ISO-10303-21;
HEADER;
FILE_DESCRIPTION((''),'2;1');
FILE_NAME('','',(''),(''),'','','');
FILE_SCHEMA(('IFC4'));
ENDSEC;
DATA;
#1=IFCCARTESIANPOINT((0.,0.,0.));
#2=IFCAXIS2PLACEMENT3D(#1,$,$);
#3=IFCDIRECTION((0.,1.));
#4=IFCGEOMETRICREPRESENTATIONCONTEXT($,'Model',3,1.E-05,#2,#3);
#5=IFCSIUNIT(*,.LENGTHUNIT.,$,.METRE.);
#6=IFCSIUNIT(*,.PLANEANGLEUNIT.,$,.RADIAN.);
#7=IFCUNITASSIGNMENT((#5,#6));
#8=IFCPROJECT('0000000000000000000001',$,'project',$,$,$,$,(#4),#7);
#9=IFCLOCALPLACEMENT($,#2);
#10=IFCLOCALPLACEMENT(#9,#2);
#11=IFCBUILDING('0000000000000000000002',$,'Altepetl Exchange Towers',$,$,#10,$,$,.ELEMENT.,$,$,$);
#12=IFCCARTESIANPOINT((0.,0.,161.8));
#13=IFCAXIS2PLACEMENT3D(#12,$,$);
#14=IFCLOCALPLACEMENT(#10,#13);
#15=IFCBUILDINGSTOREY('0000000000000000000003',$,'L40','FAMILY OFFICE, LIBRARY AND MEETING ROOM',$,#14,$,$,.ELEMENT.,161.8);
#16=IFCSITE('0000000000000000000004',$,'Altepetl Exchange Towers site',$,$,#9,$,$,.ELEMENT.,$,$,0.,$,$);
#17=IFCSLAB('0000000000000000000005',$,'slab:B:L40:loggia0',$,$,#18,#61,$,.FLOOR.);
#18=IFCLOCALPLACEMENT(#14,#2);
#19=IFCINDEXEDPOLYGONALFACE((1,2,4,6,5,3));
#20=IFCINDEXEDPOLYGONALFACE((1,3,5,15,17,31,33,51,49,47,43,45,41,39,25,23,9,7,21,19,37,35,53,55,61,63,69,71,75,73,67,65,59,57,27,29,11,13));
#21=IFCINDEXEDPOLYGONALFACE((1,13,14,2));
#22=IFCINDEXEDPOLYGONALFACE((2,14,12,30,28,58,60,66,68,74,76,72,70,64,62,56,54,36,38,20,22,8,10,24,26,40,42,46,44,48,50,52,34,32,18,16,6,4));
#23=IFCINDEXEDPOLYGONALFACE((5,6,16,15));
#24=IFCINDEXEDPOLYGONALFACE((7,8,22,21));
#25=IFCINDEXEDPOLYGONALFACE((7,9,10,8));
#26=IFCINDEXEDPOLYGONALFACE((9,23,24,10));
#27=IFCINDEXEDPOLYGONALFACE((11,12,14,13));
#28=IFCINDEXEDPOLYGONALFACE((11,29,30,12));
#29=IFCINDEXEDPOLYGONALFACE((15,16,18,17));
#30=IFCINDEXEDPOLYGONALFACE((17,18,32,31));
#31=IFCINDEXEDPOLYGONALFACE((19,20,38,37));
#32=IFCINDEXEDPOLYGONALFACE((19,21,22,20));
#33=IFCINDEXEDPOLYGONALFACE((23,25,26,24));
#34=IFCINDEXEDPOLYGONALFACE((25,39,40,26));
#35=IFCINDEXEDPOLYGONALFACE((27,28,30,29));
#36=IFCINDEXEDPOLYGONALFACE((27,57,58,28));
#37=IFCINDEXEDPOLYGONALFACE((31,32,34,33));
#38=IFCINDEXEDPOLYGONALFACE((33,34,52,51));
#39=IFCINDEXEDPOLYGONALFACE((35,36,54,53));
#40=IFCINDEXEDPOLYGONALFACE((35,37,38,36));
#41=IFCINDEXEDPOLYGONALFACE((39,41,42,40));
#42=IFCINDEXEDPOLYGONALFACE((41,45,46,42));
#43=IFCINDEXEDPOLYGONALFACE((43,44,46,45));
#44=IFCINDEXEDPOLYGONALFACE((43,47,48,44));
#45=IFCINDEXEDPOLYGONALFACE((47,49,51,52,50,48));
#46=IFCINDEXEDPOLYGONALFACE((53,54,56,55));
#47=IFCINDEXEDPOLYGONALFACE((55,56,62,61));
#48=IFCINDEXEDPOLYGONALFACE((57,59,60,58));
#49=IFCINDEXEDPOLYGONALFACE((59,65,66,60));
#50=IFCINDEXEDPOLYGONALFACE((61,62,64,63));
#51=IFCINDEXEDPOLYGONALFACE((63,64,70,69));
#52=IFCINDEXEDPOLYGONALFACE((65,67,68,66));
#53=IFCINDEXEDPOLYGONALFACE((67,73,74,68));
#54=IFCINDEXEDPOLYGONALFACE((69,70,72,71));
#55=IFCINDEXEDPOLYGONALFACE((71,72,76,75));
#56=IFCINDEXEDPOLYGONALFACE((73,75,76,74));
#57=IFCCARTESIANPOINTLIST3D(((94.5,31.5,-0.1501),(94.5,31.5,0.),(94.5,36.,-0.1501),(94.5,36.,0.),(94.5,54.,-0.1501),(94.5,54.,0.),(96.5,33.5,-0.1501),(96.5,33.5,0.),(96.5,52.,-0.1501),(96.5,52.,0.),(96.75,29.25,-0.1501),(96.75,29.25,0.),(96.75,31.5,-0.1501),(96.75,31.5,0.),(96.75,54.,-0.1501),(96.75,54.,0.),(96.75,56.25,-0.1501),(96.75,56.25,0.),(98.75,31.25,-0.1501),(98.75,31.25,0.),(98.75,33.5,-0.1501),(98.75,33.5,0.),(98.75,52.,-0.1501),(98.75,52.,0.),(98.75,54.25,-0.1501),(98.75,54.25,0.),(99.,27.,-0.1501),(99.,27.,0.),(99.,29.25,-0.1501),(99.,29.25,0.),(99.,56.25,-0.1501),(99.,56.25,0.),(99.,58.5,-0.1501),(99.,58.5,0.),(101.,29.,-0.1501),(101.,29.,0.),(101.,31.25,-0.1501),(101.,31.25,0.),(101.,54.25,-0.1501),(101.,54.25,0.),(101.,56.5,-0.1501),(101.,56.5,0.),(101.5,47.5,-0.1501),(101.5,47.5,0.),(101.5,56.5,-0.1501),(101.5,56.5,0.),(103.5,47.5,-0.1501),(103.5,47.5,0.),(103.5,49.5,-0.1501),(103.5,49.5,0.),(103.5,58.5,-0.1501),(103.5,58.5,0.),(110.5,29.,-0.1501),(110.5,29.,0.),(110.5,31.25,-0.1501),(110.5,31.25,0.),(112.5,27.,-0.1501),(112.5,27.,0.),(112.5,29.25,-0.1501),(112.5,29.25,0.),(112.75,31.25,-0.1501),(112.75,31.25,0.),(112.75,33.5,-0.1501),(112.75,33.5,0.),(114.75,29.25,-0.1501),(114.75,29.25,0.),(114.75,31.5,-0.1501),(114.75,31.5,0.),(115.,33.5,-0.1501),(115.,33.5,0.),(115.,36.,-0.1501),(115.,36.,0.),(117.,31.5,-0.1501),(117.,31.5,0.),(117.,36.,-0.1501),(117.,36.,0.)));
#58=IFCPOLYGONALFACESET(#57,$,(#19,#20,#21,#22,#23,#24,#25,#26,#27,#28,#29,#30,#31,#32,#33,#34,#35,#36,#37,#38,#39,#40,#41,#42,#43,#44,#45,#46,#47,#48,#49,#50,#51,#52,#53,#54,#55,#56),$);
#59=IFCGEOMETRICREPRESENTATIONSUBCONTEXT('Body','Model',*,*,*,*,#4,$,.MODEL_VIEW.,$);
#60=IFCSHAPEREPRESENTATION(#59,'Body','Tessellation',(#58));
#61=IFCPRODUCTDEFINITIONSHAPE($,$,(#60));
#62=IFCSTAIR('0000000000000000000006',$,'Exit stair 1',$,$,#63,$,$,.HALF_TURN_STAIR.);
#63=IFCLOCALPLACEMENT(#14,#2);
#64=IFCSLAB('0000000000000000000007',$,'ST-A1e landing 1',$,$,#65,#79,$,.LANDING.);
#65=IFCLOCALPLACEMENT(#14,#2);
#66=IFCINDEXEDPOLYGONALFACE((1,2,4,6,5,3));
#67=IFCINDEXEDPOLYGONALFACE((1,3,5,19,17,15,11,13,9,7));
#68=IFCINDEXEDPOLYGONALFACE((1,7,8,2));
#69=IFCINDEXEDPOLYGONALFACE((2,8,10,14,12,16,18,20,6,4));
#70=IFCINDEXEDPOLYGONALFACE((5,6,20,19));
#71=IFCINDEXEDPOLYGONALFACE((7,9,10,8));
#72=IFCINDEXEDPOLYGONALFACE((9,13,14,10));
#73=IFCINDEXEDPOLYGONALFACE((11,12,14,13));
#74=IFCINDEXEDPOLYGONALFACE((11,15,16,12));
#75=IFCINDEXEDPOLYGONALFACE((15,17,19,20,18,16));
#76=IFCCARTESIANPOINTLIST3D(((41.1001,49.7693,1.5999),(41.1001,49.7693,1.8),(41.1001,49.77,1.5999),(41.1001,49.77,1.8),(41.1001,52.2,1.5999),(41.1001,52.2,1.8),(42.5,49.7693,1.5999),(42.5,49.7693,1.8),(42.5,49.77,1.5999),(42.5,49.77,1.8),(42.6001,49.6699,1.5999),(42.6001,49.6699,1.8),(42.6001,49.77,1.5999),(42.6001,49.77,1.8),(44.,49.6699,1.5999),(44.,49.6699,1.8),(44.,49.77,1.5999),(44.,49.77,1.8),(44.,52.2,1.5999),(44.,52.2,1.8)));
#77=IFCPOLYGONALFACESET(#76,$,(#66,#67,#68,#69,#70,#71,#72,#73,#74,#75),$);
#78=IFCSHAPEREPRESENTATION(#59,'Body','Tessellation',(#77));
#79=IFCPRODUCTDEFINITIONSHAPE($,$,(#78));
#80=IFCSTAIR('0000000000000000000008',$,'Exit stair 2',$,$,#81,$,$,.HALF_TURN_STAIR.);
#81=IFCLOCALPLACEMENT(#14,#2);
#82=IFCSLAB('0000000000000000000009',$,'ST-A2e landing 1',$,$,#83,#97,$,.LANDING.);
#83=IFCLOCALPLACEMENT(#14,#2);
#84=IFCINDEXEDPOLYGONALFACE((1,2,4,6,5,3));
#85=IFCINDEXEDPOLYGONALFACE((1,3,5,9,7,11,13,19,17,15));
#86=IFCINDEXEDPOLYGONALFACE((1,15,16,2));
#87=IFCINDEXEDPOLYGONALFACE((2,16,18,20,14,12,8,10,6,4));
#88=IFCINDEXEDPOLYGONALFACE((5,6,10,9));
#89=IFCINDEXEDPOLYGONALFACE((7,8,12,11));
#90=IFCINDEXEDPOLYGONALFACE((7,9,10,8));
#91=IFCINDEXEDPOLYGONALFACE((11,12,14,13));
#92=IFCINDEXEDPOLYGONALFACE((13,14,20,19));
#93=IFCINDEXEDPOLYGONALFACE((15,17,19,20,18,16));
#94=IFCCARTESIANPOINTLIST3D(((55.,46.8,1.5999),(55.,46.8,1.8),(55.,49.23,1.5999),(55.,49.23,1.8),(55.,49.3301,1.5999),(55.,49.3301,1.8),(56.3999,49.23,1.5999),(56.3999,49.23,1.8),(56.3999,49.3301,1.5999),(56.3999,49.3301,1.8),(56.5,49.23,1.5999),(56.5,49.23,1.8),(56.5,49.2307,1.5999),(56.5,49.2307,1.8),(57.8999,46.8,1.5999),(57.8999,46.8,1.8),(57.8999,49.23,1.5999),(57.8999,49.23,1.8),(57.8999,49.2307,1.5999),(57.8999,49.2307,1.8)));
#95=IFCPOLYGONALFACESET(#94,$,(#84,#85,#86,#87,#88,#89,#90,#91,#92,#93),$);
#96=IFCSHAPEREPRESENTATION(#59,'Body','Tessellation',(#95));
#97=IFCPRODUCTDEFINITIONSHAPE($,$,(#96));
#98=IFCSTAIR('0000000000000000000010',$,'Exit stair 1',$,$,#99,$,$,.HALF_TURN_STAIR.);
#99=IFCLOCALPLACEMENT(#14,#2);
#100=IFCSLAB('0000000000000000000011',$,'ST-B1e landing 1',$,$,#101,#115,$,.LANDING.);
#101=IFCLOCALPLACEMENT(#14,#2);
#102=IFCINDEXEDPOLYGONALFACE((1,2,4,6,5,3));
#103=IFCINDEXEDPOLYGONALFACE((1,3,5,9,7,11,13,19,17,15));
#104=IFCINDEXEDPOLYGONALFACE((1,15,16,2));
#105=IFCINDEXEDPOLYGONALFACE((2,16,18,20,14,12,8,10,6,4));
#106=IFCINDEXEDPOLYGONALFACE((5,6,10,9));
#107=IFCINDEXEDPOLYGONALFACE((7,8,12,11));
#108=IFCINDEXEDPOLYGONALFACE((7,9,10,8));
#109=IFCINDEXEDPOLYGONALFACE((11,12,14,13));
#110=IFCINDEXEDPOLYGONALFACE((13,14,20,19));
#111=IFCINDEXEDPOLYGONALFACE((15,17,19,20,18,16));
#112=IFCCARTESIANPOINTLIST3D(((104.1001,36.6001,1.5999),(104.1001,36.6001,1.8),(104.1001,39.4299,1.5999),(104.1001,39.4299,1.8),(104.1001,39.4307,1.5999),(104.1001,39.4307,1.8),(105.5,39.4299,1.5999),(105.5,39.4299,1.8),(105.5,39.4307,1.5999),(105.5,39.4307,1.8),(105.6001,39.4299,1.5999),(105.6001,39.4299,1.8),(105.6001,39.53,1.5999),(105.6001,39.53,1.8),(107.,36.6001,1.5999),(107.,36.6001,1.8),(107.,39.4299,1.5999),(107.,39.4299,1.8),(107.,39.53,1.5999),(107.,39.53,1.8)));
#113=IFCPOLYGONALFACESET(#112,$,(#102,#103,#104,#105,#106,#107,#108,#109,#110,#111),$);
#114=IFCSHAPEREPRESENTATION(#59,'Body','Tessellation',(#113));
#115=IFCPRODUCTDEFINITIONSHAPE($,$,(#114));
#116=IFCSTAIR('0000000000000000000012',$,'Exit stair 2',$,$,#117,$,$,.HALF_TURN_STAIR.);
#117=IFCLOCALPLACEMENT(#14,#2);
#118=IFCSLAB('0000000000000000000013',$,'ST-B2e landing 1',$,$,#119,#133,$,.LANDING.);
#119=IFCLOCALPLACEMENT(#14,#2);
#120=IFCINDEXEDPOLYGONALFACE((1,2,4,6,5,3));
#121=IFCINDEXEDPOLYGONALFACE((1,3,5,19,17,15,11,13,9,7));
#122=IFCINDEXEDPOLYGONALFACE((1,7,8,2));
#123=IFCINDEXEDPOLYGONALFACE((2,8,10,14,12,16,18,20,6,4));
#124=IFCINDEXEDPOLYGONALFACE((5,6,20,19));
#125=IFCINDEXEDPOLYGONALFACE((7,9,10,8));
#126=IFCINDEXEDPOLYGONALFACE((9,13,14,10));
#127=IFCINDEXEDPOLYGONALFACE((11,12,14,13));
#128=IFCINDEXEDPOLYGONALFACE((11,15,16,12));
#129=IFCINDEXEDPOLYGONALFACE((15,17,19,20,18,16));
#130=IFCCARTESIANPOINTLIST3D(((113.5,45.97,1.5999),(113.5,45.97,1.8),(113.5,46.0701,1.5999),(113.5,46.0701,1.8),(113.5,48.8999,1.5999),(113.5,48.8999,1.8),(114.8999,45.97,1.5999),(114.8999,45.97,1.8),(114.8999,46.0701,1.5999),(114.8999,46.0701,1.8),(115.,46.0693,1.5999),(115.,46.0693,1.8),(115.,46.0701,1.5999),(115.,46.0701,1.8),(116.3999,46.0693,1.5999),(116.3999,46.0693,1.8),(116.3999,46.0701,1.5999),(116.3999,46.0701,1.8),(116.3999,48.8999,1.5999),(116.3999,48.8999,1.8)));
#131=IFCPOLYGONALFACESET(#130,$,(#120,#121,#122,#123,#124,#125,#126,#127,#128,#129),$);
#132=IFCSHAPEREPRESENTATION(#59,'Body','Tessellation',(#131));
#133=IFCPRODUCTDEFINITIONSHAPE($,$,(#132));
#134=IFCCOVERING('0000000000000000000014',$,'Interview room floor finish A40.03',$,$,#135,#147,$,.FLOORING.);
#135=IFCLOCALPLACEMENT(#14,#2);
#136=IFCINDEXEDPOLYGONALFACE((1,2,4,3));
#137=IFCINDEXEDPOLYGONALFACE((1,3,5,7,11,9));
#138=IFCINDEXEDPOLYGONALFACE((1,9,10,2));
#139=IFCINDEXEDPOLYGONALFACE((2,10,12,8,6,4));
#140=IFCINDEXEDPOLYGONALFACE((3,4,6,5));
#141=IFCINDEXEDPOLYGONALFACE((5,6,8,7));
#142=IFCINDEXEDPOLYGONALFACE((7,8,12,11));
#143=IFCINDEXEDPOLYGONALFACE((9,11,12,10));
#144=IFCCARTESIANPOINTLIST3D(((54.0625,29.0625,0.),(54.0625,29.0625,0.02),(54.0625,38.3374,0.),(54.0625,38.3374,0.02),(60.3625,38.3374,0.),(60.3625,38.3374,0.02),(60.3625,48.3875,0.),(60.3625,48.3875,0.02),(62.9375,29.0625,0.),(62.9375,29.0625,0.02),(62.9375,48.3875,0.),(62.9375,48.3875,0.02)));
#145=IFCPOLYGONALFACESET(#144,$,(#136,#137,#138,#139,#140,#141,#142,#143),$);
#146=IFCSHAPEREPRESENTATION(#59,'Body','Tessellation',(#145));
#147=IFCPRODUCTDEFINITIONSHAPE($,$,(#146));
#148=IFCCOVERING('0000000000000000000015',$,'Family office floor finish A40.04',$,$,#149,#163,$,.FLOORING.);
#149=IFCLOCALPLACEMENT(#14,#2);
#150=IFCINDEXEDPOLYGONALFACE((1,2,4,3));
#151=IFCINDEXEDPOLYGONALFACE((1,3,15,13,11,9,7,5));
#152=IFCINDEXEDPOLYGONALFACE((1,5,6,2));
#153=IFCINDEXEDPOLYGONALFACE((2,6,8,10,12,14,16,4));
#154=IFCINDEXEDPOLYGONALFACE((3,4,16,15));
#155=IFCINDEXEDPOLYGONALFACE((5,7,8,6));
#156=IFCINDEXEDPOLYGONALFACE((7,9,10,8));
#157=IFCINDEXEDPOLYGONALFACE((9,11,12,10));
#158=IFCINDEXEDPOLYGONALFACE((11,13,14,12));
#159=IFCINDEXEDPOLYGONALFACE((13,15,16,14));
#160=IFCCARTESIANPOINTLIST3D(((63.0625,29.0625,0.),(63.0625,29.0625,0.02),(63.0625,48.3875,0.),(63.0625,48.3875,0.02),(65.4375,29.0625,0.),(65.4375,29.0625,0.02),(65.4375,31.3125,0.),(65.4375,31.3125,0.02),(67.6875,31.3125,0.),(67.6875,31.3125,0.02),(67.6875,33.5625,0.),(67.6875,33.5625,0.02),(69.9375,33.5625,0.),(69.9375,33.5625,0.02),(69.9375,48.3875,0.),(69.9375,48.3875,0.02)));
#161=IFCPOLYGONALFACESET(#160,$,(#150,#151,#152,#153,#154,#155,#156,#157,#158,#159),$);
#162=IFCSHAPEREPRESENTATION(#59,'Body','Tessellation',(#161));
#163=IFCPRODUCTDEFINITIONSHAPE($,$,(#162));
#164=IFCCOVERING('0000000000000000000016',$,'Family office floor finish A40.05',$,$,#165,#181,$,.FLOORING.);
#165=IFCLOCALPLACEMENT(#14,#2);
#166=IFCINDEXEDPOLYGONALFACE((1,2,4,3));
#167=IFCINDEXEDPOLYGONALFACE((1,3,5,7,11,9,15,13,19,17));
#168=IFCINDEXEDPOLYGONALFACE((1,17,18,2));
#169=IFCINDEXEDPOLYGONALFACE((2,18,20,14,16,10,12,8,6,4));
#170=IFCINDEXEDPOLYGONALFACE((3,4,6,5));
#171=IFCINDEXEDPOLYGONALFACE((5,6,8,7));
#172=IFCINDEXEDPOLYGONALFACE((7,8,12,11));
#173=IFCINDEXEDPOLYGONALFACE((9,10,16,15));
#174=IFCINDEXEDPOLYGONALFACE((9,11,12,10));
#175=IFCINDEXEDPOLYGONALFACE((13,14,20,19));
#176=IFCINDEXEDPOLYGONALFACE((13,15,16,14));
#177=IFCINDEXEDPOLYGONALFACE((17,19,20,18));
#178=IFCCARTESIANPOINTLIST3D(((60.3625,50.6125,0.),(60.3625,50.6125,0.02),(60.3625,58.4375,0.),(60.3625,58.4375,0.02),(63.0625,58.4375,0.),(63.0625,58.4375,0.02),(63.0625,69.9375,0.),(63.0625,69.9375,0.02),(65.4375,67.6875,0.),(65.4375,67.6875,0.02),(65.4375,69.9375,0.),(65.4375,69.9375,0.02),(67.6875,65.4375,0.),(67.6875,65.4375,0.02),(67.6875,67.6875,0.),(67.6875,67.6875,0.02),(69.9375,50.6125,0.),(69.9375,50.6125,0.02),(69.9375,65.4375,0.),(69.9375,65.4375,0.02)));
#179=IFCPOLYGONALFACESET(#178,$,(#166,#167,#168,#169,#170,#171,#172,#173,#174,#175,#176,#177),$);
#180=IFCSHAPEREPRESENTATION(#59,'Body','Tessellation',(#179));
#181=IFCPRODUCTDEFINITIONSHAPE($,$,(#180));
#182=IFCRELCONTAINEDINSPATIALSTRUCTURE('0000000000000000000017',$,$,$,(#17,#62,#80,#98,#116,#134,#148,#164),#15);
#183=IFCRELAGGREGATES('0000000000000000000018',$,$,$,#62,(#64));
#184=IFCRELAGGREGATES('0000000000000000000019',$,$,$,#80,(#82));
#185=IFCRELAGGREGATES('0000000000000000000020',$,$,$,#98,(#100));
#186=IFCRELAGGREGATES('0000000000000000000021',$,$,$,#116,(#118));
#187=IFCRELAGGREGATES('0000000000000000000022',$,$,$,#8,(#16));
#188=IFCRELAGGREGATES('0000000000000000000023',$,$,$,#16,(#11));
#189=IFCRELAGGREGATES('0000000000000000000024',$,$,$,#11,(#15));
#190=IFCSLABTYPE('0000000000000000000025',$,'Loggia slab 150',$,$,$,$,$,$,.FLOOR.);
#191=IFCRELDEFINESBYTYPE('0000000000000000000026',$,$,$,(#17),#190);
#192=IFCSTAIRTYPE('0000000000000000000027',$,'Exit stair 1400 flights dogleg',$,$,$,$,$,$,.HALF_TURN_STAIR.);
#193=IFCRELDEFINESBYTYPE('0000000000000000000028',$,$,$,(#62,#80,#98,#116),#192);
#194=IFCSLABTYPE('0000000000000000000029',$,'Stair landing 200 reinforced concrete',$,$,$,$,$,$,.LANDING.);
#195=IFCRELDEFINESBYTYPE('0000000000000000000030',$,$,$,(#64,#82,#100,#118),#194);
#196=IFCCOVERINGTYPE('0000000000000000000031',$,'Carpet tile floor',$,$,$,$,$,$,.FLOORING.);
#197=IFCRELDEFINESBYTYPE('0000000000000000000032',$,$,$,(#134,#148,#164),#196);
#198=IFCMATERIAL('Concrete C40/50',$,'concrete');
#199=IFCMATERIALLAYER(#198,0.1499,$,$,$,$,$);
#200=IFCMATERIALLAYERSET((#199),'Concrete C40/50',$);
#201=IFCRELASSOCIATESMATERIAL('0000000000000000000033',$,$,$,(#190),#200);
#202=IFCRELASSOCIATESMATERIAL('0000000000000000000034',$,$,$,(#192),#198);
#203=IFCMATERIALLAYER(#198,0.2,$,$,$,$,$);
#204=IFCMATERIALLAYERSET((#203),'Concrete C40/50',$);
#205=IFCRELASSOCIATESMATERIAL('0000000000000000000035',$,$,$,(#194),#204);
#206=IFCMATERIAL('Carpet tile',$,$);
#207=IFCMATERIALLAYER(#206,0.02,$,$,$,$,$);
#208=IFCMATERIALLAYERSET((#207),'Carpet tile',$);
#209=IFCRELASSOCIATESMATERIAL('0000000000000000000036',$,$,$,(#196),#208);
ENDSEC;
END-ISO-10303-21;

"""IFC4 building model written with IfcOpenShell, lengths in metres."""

from ifc_helpers import new_model, si_unit, direction, frame, origin, place, context, subcontext, project, spatial, polyline, outline, extrude, material, layer, layer_set, type_object, element, aggregate, save


model = new_model("IFC4")

# Units and contexts
model_context = context("Model", 3, precision=1e-05, world=origin(), true_north=direction((0.0, 1.0)))
body_context = subcontext(model_context, "Body", "Model", "MODEL_VIEW")
ifc_project = project(units=[si_unit("LENGTHUNIT", "METRE"), si_unit("PLANEANGLEUNIT", "RADIAN")], contexts=[model_context])

# Site, building, storey
site_placement = place(None, origin())
site = spatial("IfcSite", under=ifc_project, at=site_placement, Name="Altepetl Exchange Towers site", CompositionType="ELEMENT", RefElevation=0.0)
building_placement = place(site_placement, origin())
building = spatial("IfcBuilding", under=site, at=building_placement, Name="Altepetl Exchange Towers", CompositionType="ELEMENT")
storey_placement = place(building_placement, frame((0.0, 0.0, 161.8)))
storey = spatial("IfcBuildingStorey", under=building, at=storey_placement, Name="L40", Description="FAMILY OFFICE, LIBRARY AND MEETING ROOM", CompositionType="ELEMENT", Elevation=161.8)

# Shared definitions
ifc_material_1 = material(Name="Concrete C40/50", Category="concrete")

# Slab
ifc_layer_1 = layer(ifc_material_1, 0.1499)
ifc_layer_set_1 = layer_set([ifc_layer_1], Name="Concrete C40/50")
slab_type_1 = type_object("IfcSlabType", Name="Loggia slab 150", PredefinedType="FLOOR", material=ifc_layer_set_1)
slab_1_placement = place(storey_placement, frame((0.0, 0.0, -0.1501)))
element("IfcSlab", 1, at=slab_1_placement, inside=storey, type_object=slab_type_1, Name="slab:B:L40:loggia0", PredefinedType="FLOOR", context=body_context, shape_type="SweptSolid", body=[
    extrude(outline(polyline([(99.0, 29.25), (99.0, 27.0), (112.5, 27.0), (112.5, 29.25), (114.75, 29.25), (114.75, 31.5), (117.0, 31.5), (117.0, 36.0), (115.0, 36.0), (115.0, 33.5), (112.75, 33.5), (112.75, 31.25), (110.5, 31.25), (110.5, 29.0), (101.0, 29.0), (101.0, 31.25), (98.75, 31.25), (98.75, 33.5), (96.5, 33.5), (96.5, 52.0), (98.75, 52.0), (98.75, 54.25), (101.0, 54.25), (101.0, 56.5), (101.5, 56.5), (101.5, 47.5), (103.5, 47.5), (103.5, 49.5), (103.5, 58.5), (99.0, 58.5), (99.0, 56.25), (96.75, 56.25), (96.75, 54.0), (94.5, 54.0), (94.5, 36.0), (94.5, 31.5), (96.75, 31.5), (96.75, 29.25), (99.0, 29.25)])), origin(), (0.0, 0.0, 1.0), 0.1501),
])

# Stairs, slabs
stair_type = type_object("IfcStairType", Name="Exit stair 1400 flights dogleg", PredefinedType="HALF_TURN_STAIR", material=ifc_material_1)
stair_1_placement = place(storey_placement, origin())
stair_1 = element("IfcStair", 2, at=stair_1_placement, inside=storey, type_object=stair_type, Name="Exit stair 1", PredefinedType="HALF_TURN_STAIR")
ifc_layer_2 = layer(ifc_material_1, 0.2)
ifc_layer_set_2 = layer_set([ifc_layer_2], Name="Concrete C40/50")
slab_type_2 = type_object("IfcSlabType", Name="Stair landing 200 reinforced concrete", PredefinedType="LANDING", material=ifc_layer_set_2)
slab_2_placement = place(storey_placement, frame((0.0, 0.0, 1.5999)))
slab_2 = element("IfcSlab", 3, at=slab_2_placement, type_object=slab_type_2, Name="ST-A1e landing 1", PredefinedType="LANDING", context=body_context, shape_type="SweptSolid", body=[
    extrude(outline(polyline([(44.0, 49.6699), (42.6001, 49.6699), (42.6001, 49.77), (42.5, 49.77), (42.5, 49.7693), (41.1001, 49.7693), (41.1001, 49.77), (41.1001, 52.2), (44.0, 52.2), (44.0, 49.77), (44.0, 49.6699)])), origin(), (0.0, 0.0, 1.0), 0.2002),
])
aggregate(stair_1, [slab_2])
stair_2_placement = place(storey_placement, origin())
stair_2 = element("IfcStair", 4, at=stair_2_placement, inside=storey, type_object=stair_type, Name="Exit stair 2", PredefinedType="HALF_TURN_STAIR")
slab_3_placement = place(storey_placement, frame((0.0, 0.0, 1.5999)))
slab_3 = element("IfcSlab", 5, at=slab_3_placement, type_object=slab_type_2, Name="ST-A2e landing 1", PredefinedType="LANDING", context=body_context, shape_type="SweptSolid", body=[
    extrude(outline(polyline([(57.8999, 46.8), (55.0, 46.8), (55.0, 49.23), (55.0, 49.3301), (56.3999, 49.3301), (56.3999, 49.23), (56.5, 49.23), (56.5, 49.2307), (57.8999, 49.2307), (57.8999, 49.23), (57.8999, 46.8)])), origin(), (0.0, 0.0, 1.0), 0.2002),
])
aggregate(stair_2, [slab_3])
stair_3_placement = place(storey_placement, origin())
stair_3 = element("IfcStair", 6, at=stair_3_placement, inside=storey, type_object=stair_type, Name="Exit stair 1", PredefinedType="HALF_TURN_STAIR")
slab_4_placement = place(storey_placement, frame((0.0, 0.0, 1.5999)))
slab_4 = element("IfcSlab", 7, at=slab_4_placement, type_object=slab_type_2, Name="ST-B1e landing 1", PredefinedType="LANDING", context=body_context, shape_type="SweptSolid", body=[
    extrude(outline(polyline([(107.0, 36.6001), (104.1001, 36.6001), (104.1001, 39.4299), (104.1001, 39.4307), (105.5, 39.4307), (105.5, 39.4299), (105.6001, 39.4299), (105.6001, 39.53), (107.0, 39.53), (107.0, 39.4299), (107.0, 36.6001)])), origin(), (0.0, 0.0, 1.0), 0.2002),
])
aggregate(stair_3, [slab_4])
stair_4_placement = place(storey_placement, origin())
stair_4 = element("IfcStair", 8, at=stair_4_placement, inside=storey, type_object=stair_type, Name="Exit stair 2", PredefinedType="HALF_TURN_STAIR")
slab_5_placement = place(storey_placement, frame((0.0, 0.0, 1.5999)))
slab_5 = element("IfcSlab", 9, at=slab_5_placement, type_object=slab_type_2, Name="ST-B2e landing 1", PredefinedType="LANDING", context=body_context, shape_type="SweptSolid", body=[
    extrude(outline(polyline([(114.8999, 45.97), (113.5, 45.97), (113.5, 46.0701), (113.5, 48.8999), (116.3999, 48.8999), (116.3999, 46.0701), (116.3999, 46.0693), (115.0, 46.0693), (115.0, 46.0701), (114.8999, 46.0701), (114.8999, 45.97)])), origin(), (0.0, 0.0, 1.0), 0.2002),
])
aggregate(stair_4, [slab_5])

# Coverings
ifc_material_2 = material(Name="Carpet tile")
ifc_layer_3 = layer(ifc_material_2, 0.02)
ifc_layer_set_3 = layer_set([ifc_layer_3], Name="Carpet tile")
covering_type_1 = type_object("IfcCoveringType", Name="Carpet tile floor", PredefinedType="FLOORING", material=ifc_layer_set_3)
covering_1_placement = place(storey_placement, origin())
element("IfcCovering", 10, at=covering_1_placement, inside=storey, type_object=covering_type_1, Name="Interview room floor finish A40.03", PredefinedType="FLOORING", context=body_context, shape_type="SweptSolid", body=[
    extrude(outline(polyline([(62.9375, 29.0625), (62.9375, 48.3875), (60.3625, 48.3875), (60.3625, 38.3374), (54.0625, 38.3374), (54.0625, 29.0625), (62.9375, 29.0625)])), origin(), (0.0, 0.0, 1.0), 0.02),
])
covering_2_placement = place(storey_placement, origin())
element("IfcCovering", 11, at=covering_2_placement, inside=storey, type_object=covering_type_1, Name="Family office floor finish A40.04", PredefinedType="FLOORING", context=body_context, shape_type="SweptSolid", body=[
    extrude(outline(polyline([(67.6875, 33.5625), (69.9375, 33.5625), (69.9375, 48.3875), (63.0625, 48.3875), (63.0625, 29.0625), (65.4375, 29.0625), (65.4375, 31.3125), (67.6875, 31.3125), (67.6875, 33.5625)])), origin(), (0.0, 0.0, 1.0), 0.02),
])
covering_3_placement = place(storey_placement, origin())
element("IfcCovering", 12, at=covering_3_placement, inside=storey, type_object=covering_type_1, Name="Family office floor finish A40.05", PredefinedType="FLOORING", context=body_context, shape_type="SweptSolid", body=[
    extrude(outline(polyline([(60.3625, 50.6125), (69.9375, 50.6125), (69.9375, 65.4375), (67.6875, 65.4375), (67.6875, 67.6875), (65.4375, 67.6875), (65.4375, 69.9375), (63.0625, 69.9375), (63.0625, 58.4375), (60.3625, 58.4375), (60.3625, 50.6125)])), origin(), (0.0, 0.0, 1.0), 0.02),
])

save(model, "model.ifc")
